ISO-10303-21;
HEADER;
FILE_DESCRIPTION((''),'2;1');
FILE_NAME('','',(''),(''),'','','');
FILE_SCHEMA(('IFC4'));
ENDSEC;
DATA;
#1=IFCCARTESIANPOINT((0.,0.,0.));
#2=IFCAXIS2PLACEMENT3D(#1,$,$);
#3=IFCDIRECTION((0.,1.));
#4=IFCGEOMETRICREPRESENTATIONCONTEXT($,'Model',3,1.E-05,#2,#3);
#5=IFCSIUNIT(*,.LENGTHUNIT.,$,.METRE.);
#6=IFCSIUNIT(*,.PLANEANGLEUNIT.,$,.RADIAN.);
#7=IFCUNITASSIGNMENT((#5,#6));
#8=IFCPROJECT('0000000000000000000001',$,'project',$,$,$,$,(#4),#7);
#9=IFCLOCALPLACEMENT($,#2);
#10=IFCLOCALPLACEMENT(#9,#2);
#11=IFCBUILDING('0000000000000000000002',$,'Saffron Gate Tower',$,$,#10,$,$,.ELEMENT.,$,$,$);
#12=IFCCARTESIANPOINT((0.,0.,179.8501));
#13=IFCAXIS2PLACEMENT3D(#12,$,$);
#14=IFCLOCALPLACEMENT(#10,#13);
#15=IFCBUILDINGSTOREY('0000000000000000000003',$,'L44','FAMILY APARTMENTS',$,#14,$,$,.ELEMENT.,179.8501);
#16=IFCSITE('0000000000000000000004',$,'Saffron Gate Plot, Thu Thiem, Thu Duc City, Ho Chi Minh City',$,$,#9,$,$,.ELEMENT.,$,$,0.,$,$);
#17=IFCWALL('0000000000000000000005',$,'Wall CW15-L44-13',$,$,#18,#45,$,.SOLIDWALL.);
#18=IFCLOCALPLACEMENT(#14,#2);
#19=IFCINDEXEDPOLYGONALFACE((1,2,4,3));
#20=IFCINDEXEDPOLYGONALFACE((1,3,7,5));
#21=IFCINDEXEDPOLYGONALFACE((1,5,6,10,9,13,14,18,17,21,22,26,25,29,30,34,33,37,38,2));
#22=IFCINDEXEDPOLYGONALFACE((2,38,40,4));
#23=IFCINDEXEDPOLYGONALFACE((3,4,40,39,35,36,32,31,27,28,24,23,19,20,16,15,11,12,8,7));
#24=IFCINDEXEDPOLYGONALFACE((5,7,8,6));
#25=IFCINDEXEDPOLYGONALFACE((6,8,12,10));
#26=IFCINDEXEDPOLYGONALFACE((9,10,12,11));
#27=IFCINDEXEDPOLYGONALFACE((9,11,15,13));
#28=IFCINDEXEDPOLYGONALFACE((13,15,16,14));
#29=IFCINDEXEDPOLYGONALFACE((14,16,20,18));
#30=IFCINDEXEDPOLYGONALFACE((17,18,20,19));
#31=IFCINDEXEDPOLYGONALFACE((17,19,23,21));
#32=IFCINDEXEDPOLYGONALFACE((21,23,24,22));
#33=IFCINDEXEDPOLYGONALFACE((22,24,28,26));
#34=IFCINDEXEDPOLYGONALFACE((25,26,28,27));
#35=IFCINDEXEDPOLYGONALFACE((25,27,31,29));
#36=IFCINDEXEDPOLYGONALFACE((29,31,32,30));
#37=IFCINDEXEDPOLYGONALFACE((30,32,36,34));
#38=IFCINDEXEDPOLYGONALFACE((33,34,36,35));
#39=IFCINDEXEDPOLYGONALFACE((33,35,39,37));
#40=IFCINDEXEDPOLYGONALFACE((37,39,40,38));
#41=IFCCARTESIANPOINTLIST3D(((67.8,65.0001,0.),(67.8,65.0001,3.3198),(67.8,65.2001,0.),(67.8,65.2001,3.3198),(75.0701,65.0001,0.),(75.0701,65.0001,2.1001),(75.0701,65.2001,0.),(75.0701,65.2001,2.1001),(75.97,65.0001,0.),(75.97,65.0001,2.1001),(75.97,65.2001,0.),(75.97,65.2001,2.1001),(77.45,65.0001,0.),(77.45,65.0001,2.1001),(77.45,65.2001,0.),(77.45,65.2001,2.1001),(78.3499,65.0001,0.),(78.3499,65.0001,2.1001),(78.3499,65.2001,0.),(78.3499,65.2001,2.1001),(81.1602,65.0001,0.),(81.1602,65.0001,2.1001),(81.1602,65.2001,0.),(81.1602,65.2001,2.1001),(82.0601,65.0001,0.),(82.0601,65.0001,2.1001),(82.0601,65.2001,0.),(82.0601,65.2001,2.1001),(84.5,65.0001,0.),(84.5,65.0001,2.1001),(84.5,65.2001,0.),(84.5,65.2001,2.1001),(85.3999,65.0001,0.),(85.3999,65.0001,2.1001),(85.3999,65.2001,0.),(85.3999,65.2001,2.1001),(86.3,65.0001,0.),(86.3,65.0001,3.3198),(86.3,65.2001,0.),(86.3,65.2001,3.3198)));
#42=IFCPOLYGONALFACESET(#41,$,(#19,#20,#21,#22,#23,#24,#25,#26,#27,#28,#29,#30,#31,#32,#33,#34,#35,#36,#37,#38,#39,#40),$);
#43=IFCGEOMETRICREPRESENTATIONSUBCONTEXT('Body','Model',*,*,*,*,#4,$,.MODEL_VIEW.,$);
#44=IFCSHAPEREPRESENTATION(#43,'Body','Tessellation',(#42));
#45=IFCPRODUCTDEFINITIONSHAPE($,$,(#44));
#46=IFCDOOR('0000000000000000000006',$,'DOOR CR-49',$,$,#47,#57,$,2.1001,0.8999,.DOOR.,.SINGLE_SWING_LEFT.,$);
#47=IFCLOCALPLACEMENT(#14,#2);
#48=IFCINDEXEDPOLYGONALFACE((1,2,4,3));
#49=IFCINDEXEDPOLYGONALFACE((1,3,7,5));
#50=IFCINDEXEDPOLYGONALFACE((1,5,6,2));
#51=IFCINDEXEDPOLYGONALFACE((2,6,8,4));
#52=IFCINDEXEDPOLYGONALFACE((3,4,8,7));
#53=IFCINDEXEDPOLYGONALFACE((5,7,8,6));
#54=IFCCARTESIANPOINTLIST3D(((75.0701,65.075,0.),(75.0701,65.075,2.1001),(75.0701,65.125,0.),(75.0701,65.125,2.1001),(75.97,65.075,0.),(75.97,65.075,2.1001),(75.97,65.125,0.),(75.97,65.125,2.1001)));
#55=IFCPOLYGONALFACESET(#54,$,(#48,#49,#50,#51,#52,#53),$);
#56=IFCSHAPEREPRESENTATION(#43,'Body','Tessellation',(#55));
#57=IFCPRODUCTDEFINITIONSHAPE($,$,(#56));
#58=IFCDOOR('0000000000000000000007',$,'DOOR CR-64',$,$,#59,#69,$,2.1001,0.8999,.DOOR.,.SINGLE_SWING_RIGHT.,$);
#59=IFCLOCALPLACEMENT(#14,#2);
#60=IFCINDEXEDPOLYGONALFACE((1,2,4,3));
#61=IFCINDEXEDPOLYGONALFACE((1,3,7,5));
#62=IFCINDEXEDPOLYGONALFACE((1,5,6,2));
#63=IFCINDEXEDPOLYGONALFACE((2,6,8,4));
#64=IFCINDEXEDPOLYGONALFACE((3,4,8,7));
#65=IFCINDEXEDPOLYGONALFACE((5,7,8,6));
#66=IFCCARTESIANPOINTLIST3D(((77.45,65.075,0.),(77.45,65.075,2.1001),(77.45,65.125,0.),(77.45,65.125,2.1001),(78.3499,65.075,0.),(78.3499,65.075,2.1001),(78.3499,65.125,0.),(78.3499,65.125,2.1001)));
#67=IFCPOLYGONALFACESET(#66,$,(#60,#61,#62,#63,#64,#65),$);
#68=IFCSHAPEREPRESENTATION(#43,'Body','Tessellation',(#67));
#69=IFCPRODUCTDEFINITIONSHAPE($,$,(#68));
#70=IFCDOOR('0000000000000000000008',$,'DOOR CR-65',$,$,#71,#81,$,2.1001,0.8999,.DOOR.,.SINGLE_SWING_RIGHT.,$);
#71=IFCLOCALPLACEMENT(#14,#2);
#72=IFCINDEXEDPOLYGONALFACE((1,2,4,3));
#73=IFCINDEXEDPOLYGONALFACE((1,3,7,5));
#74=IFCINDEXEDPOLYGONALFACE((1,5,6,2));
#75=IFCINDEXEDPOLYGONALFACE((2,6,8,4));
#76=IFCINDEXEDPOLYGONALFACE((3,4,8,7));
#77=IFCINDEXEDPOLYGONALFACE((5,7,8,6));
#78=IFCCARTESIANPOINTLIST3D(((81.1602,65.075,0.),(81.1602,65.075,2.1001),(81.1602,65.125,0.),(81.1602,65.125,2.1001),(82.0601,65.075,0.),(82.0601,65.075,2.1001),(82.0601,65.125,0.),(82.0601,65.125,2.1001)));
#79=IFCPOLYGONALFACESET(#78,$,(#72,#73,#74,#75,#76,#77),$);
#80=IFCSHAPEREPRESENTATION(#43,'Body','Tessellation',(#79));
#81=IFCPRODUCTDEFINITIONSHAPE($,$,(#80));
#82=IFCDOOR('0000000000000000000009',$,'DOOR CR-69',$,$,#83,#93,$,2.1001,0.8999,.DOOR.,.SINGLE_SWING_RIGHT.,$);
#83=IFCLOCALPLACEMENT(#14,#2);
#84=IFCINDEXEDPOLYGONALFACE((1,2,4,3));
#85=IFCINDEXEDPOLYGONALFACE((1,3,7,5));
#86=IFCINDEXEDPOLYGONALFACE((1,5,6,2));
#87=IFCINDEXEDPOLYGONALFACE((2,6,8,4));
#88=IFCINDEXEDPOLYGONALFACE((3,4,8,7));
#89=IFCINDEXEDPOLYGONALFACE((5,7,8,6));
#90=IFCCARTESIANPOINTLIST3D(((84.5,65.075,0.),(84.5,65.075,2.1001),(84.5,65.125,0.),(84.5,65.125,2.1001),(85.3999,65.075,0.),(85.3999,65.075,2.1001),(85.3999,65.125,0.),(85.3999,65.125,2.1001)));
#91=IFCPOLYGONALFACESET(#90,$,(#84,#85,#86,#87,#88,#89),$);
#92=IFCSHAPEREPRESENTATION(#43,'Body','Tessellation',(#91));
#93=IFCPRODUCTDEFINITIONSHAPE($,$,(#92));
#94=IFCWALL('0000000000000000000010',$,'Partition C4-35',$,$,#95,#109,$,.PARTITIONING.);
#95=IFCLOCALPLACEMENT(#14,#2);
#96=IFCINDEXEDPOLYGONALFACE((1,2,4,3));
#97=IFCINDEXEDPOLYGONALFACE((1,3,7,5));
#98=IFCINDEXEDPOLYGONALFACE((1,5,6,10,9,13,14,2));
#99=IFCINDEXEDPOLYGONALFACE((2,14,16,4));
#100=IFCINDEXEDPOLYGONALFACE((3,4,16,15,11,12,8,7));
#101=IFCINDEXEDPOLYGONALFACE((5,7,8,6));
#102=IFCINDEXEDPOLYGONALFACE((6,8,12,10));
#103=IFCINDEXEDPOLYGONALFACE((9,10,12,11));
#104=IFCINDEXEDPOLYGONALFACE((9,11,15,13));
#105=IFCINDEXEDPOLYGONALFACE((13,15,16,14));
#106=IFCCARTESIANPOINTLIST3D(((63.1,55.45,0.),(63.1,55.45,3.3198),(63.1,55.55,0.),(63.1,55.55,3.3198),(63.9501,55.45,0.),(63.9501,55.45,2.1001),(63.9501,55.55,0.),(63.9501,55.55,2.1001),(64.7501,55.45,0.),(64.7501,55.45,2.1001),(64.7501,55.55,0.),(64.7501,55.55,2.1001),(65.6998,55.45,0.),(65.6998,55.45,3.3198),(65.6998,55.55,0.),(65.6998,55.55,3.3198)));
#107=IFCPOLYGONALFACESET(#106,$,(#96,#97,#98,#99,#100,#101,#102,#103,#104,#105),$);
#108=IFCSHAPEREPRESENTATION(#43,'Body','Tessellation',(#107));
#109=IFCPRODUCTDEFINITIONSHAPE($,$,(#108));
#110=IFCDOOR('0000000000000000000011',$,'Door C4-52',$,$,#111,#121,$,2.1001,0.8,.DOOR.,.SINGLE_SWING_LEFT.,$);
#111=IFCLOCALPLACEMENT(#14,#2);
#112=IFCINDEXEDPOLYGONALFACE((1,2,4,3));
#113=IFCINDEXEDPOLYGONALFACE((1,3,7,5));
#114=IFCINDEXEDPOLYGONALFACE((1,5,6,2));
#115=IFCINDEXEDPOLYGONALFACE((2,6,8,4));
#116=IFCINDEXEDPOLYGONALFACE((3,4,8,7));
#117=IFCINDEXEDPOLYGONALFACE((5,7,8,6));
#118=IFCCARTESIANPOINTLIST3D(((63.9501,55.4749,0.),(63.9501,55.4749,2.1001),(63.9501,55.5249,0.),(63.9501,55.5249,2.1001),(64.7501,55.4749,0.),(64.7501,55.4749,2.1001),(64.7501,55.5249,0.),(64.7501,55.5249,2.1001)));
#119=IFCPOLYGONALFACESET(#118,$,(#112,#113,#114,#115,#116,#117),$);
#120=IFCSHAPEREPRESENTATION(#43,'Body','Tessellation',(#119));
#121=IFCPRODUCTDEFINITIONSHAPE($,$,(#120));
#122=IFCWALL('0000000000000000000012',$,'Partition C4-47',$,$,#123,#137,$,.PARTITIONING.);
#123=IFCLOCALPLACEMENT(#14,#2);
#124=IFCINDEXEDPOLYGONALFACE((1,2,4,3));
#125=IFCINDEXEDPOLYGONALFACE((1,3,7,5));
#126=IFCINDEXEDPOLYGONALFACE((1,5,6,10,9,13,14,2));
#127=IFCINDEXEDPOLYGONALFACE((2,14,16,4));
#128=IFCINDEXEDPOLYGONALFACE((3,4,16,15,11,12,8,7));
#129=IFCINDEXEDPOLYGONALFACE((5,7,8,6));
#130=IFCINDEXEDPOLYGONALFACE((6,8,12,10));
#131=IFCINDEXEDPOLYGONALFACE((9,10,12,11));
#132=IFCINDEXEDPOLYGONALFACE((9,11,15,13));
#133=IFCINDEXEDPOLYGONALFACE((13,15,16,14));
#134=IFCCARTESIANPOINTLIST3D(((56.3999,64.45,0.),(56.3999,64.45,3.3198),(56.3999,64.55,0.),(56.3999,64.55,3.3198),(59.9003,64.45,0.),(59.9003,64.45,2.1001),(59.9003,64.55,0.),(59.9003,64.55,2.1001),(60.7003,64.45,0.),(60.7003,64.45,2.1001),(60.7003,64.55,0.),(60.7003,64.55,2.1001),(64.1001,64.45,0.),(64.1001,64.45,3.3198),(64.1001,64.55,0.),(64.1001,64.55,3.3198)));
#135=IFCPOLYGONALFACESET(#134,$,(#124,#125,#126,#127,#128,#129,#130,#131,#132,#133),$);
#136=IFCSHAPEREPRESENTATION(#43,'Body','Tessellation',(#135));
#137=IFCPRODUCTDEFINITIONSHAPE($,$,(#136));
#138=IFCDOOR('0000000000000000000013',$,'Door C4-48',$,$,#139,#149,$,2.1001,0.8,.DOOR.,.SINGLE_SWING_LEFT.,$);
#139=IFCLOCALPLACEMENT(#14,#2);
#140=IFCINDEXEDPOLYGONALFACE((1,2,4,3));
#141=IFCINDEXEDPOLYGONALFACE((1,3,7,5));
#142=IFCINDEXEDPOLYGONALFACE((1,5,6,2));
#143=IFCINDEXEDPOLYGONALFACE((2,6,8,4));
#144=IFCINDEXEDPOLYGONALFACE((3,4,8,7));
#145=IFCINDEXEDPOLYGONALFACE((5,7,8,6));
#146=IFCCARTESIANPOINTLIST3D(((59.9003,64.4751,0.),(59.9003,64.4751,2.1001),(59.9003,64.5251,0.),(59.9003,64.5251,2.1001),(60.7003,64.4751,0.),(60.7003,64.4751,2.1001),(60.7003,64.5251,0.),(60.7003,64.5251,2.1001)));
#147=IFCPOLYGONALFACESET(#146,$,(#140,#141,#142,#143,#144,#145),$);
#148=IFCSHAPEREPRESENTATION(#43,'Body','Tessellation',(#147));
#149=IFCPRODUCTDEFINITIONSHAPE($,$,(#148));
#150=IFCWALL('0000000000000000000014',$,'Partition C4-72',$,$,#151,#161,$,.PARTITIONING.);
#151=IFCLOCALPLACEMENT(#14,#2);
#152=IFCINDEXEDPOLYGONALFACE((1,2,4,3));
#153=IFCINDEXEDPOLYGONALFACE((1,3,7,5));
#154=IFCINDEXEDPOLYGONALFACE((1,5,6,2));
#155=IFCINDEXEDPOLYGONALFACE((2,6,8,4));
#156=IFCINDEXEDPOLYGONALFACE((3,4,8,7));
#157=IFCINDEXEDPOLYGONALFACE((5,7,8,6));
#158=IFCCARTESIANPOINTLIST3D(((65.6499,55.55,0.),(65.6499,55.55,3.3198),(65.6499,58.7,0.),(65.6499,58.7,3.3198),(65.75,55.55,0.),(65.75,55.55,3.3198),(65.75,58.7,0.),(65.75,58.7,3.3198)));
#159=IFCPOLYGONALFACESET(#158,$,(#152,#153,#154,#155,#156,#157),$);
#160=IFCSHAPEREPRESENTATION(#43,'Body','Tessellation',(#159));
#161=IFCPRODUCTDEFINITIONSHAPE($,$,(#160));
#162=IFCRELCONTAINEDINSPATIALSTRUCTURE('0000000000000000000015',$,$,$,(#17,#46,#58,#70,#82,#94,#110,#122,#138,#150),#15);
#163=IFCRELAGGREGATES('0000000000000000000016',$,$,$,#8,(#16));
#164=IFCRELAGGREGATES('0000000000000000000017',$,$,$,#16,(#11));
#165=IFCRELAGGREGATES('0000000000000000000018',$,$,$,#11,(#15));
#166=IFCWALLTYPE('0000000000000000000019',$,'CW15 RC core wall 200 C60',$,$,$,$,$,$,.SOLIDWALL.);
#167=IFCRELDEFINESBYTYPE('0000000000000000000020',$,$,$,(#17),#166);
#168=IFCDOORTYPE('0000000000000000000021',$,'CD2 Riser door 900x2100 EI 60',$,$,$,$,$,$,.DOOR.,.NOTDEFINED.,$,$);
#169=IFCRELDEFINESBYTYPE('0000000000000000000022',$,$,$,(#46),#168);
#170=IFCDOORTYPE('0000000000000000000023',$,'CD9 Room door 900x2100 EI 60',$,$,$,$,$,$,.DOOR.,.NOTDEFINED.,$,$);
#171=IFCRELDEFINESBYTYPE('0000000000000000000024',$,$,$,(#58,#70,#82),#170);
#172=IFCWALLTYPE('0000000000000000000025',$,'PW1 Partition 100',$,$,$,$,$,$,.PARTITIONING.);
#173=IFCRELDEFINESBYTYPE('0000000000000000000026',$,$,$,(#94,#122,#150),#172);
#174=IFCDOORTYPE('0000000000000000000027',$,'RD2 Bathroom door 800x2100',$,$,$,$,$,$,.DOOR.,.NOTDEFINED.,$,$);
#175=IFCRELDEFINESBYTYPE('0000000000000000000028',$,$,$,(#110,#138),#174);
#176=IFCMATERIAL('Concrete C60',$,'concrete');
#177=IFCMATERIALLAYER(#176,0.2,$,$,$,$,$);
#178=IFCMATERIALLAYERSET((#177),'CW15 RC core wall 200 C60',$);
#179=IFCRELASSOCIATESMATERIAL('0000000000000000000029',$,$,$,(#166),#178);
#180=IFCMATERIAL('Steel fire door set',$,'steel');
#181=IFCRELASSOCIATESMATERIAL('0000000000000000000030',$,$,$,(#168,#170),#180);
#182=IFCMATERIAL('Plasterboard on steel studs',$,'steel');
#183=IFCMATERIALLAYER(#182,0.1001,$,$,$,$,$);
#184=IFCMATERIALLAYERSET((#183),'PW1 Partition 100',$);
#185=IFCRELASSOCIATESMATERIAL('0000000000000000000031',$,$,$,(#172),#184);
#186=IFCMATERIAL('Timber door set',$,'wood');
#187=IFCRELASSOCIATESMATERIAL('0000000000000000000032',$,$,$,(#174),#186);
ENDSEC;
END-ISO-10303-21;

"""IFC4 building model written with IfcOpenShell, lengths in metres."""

from ifc_helpers import new_model, si_unit, direction, frame, frame_2d, origin, place, context, subcontext, project, spatial, rectangle, extrude, material, layer, layer_set, type_object, element, fill, save


model = new_model("IFC4")

# Units and contexts
model_context = context("Model", 3, precision=1e-05, world=origin(), true_north=direction((0.0, 1.0)))
body_context = subcontext(model_context, "Body", "Model", "MODEL_VIEW")
ifc_project = project(units=[si_unit("LENGTHUNIT", "METRE"), si_unit("PLANEANGLEUNIT", "RADIAN")], contexts=[model_context])

# Site, building, storey
site_placement = place(None, origin())
site = spatial("IfcSite", under=ifc_project, at=site_placement, Name="Saffron Gate Plot, Thu Thiem, Thu Duc City, Ho Chi Minh City", CompositionType="ELEMENT", RefElevation=0.0)
building_placement = place(site_placement, origin())
building = spatial("IfcBuilding", under=site, at=building_placement, Name="Saffron Gate Tower", CompositionType="ELEMENT")
storey_placement = place(building_placement, frame((0.0, 0.0, 179.8501)))
storey = spatial("IfcBuildingStorey", under=building, at=storey_placement, Name="L44", Description="FAMILY APARTMENTS", CompositionType="ELEMENT", Elevation=179.8501)

# Shared definitions
ifc_material_1 = material(Name="Concrete C60", Category="concrete")
ifc_material_2 = material(Name="Steel fire door set", Category="steel")

# Wall, openings, doors
ifc_layer_1 = layer(ifc_material_1, 0.2)
ifc_layer_set_1 = layer_set([ifc_layer_1], Name="CW15 RC core wall 200 C60")
wall_type_1 = type_object("IfcWallType", Name="CW15 RC core wall 200 C60", PredefinedType="SOLIDWALL", material=ifc_layer_set_1)
wall_1_placement = place(storey_placement, frame((67.8, 65.1001, 0.0), z_axis=(0.0, 0.0, 1.0), x_axis=(1.0, 0.0, 0.0)))
wall_1 = element("IfcWall", 1, at=wall_1_placement, inside=storey, type_object=wall_type_1, Name="Wall CW15-L44-13", PredefinedType="SOLIDWALL", context=body_context, shape_type="SweptSolid", body=[
    extrude(rectangle(XDim=18.5, YDim=0.2, at=frame_2d((9.25, 0.0))), origin(), (0.0, 0.0, 1.0), 3.3198),
])
opening_1_placement = place(wall_1_placement, frame((7.27, 0.0, 0.0)))
opening_1 = element("IfcOpeningElement", 2, at=opening_1_placement, cuts=wall_1, PredefinedType="OPENING", context=body_context, shape_type="SweptSolid", body=[
    extrude(rectangle(XDim=0.8999, YDim=2.1001, at=frame_2d((0.45, 1.05))), frame((0.0, 0.1099, 0.0), z_axis=(0.0, -1.0, 0.0), x_axis=(1.0, 0.0, 0.0)), (0.0, 0.0, 1.0), 0.22),
])
opening_2_placement = place(wall_1_placement, frame((9.6499, 0.0, 0.0)))
opening_2 = element("IfcOpeningElement", 3, at=opening_2_placement, cuts=wall_1, PredefinedType="OPENING", context=body_context, shape_type="SweptSolid", body=[
    extrude(rectangle(XDim=0.8999, YDim=2.1001, at=frame_2d((0.45, 1.05))), frame((0.0, 0.1099, 0.0), z_axis=(0.0, -1.0, 0.0), x_axis=(1.0, 0.0, 0.0)), (0.0, 0.0, 1.0), 0.22),
])
opening_3_placement = place(wall_1_placement, frame((13.3601, 0.0, 0.0)))
opening_3 = element("IfcOpeningElement", 4, at=opening_3_placement, cuts=wall_1, PredefinedType="OPENING", context=body_context, shape_type="SweptSolid", body=[
    extrude(rectangle(XDim=0.8999, YDim=2.1001, at=frame_2d((0.45, 1.05))), frame((0.0, 0.1099, 0.0), z_axis=(0.0, -1.0, 0.0), x_axis=(1.0, 0.0, 0.0)), (0.0, 0.0, 1.0), 0.22),
])
opening_4_placement = place(wall_1_placement, frame((16.7, 0.0, 0.0)))
opening_4 = element("IfcOpeningElement", 5, at=opening_4_placement, cuts=wall_1, PredefinedType="OPENING", context=body_context, shape_type="SweptSolid", body=[
    extrude(rectangle(XDim=0.8999, YDim=2.1001, at=frame_2d((0.45, 1.05))), frame((0.0, 0.1099, 0.0), z_axis=(0.0, -1.0, 0.0), x_axis=(1.0, 0.0, 0.0)), (0.0, 0.0, 1.0), 0.22),
])
door_type_1 = type_object("IfcDoorType", Name="CD2 Riser door 900x2100 EI 60", OperationType="NOTDEFINED", PredefinedType="DOOR", material=ifc_material_2)
door_1_placement = place(opening_1_placement, origin())
door_1 = element("IfcDoor", 6, at=door_1_placement, inside=storey, type_object=door_type_1, Name="DOOR CR-49", OperationType="SINGLE_SWING_LEFT", OverallHeight=2.1001, OverallWidth=0.8999, PredefinedType="DOOR", context=body_context, shape_type="SweptSolid", body=[
    extrude(rectangle(XDim=0.8999, YDim=2.1001, at=frame_2d((0.45, 1.05))), frame((0.0, 0.0249, 0.0), z_axis=(0.0, -1.0, 0.0), x_axis=(1.0, 0.0, 0.0)), (0.0, 0.0, 1.0), 0.05),
])
fill(opening_1, door_1)
door_type_2 = type_object("IfcDoorType", Name="CD9 Room door 900x2100 EI 60", OperationType="NOTDEFINED", PredefinedType="DOOR", material=ifc_material_2)
door_2_placement = place(opening_2_placement, origin())
door_2 = element("IfcDoor", 7, at=door_2_placement, inside=storey, type_object=door_type_2, Name="DOOR CR-64", OperationType="SINGLE_SWING_RIGHT", OverallHeight=2.1001, OverallWidth=0.8999, PredefinedType="DOOR", context=body_context, shape_type="SweptSolid", body=[
    extrude(rectangle(XDim=0.8999, YDim=2.1001, at=frame_2d((0.45, 1.05))), frame((0.0, 0.0249, 0.0), z_axis=(0.0, -1.0, 0.0), x_axis=(1.0, 0.0, 0.0)), (0.0, 0.0, 1.0), 0.05),
])
fill(opening_2, door_2)
door_3_placement = place(opening_3_placement, origin())
door_3 = element("IfcDoor", 8, at=door_3_placement, inside=storey, type_object=door_type_2, Name="DOOR CR-65", OperationType="SINGLE_SWING_RIGHT", OverallHeight=2.1001, OverallWidth=0.8999, PredefinedType="DOOR", context=body_context, shape_type="SweptSolid", body=[
    extrude(rectangle(XDim=0.8999, YDim=2.1001, at=frame_2d((0.45, 1.05))), frame((0.0, 0.0249, 0.0), z_axis=(0.0, -1.0, 0.0), x_axis=(1.0, 0.0, 0.0)), (0.0, 0.0, 1.0), 0.05),
])
fill(opening_3, door_3)
door_4_placement = place(opening_4_placement, origin())
door_4 = element("IfcDoor", 9, at=door_4_placement, inside=storey, type_object=door_type_2, Name="DOOR CR-69", OperationType="SINGLE_SWING_RIGHT", OverallHeight=2.1001, OverallWidth=0.8999, PredefinedType="DOOR", context=body_context, shape_type="SweptSolid", body=[
    extrude(rectangle(XDim=0.8999, YDim=2.1001, at=frame_2d((0.45, 1.05))), frame((0.0, 0.0249, 0.0), z_axis=(0.0, -1.0, 0.0), x_axis=(1.0, 0.0, 0.0)), (0.0, 0.0, 1.0), 0.05),
])
fill(opening_4, door_4)

# Walls, openings, doors
ifc_material_3 = material(Name="Plasterboard on steel studs", Category="steel")
ifc_layer_2 = layer(ifc_material_3, 0.1001)
ifc_layer_set_2 = layer_set([ifc_layer_2], Name="PW1 Partition 100")
wall_type_2 = type_object("IfcWallType", Name="PW1 Partition 100", PredefinedType="PARTITIONING", material=ifc_layer_set_2)
wall_2_placement = place(storey_placement, frame((63.1001, 55.5, 0.0), z_axis=(0.0, 0.0, 1.0), x_axis=(1.0, 0.0, 0.0)))
wall_2 = element("IfcWall", 10, at=wall_2_placement, inside=storey, type_object=wall_type_2, Name="Partition C4-35", PredefinedType="PARTITIONING", context=body_context, shape_type="SweptSolid", body=[
    extrude(rectangle(XDim=2.5999, YDim=0.1001, at=frame_2d((1.2998, 0.0))), origin(), (0.0, 0.0, 1.0), 3.3198),
])
opening_5_placement = place(wall_2_placement, frame((0.8501, 0.0, 0.0)))
opening_5 = element("IfcOpeningElement", 11, at=opening_5_placement, cuts=wall_2, PredefinedType="OPENING", context=body_context, shape_type="SweptSolid", body=[
    extrude(rectangle(XDim=0.8, YDim=2.1001, at=frame_2d((0.3999, 1.05))), frame((0.0, 0.0601, 0.0), z_axis=(0.0, -1.0, 0.0), x_axis=(1.0, 0.0, 0.0)), (0.0, 0.0, 1.0), 0.1201),
])
ifc_material_4 = material(Name="Timber door set", Category="wood")
door_type_3 = type_object("IfcDoorType", Name="RD2 Bathroom door 800x2100", OperationType="NOTDEFINED", PredefinedType="DOOR", material=ifc_material_4)
door_5_placement = place(opening_5_placement, origin())
door_5 = element("IfcDoor", 12, at=door_5_placement, inside=storey, type_object=door_type_3, Name="Door C4-52", OperationType="SINGLE_SWING_LEFT", OverallHeight=2.1001, OverallWidth=0.8, PredefinedType="DOOR", context=body_context, shape_type="SweptSolid", body=[
    extrude(rectangle(XDim=0.8, YDim=2.1001, at=frame_2d((0.3999, 1.05))), frame((0.0, 0.0249, 0.0), z_axis=(0.0, -1.0, 0.0), x_axis=(1.0, 0.0, 0.0)), (0.0, 0.0, 1.0), 0.05),
])
fill(opening_5, door_5)
wall_3_placement = place(storey_placement, frame((64.1001, 64.5, 0.0), z_axis=(0.0, 0.0, 1.0), x_axis=(-1.0, 0.0, 0.0)))
wall_3 = element("IfcWall", 13, at=wall_3_placement, inside=storey, type_object=wall_type_2, Name="Partition C4-47", PredefinedType="PARTITIONING", context=body_context, shape_type="SweptSolid", body=[
    extrude(rectangle(XDim=7.7002, YDim=0.1001, at=frame_2d((3.8501, 0.0))), origin(), (0.0, 0.0, 1.0), 3.3198),
])
opening_6_placement = place(wall_3_placement, frame((3.3999, 0.0, 0.0)))
opening_6 = element("IfcOpeningElement", 14, at=opening_6_placement, cuts=wall_3, PredefinedType="OPENING", context=body_context, shape_type="SweptSolid", body=[
    extrude(rectangle(XDim=0.8, YDim=2.1001, at=frame_2d((0.3999, 1.05))), frame((0.0, 0.0601, 0.0), z_axis=(0.0, -1.0, 0.0), x_axis=(1.0, 0.0, 0.0)), (0.0, 0.0, 1.0), 0.1201),
])
door_6_placement = place(opening_6_placement, origin())
door_6 = element("IfcDoor", 15, at=door_6_placement, inside=storey, type_object=door_type_3, Name="Door C4-48", OperationType="SINGLE_SWING_LEFT", OverallHeight=2.1001, OverallWidth=0.8, PredefinedType="DOOR", context=body_context, shape_type="SweptSolid", body=[
    extrude(rectangle(XDim=0.8, YDim=2.1001, at=frame_2d((0.3999, 1.05))), frame((0.0, 0.0249, 0.0), z_axis=(0.0, -1.0, 0.0), x_axis=(1.0, 0.0, 0.0)), (0.0, 0.0, 1.0), 0.05),
])
fill(opening_6, door_6)

# Wall
wall_4_placement = place(storey_placement, frame((65.7, 58.7, 0.0), z_axis=(0.0, 0.0, 1.0), x_axis=(0.0, -1.0, 0.0)))
element("IfcWall", 16, at=wall_4_placement, inside=storey, type_object=wall_type_2, Name="Partition C4-72", PredefinedType="PARTITIONING", context=body_context, shape_type="SweptSolid", body=[
    extrude(rectangle(XDim=3.1499, YDim=0.1001, at=frame_2d((1.575, 0.0))), origin(), (0.0, 0.0, 1.0), 3.3198),
])

save(model, "model.ifc")
